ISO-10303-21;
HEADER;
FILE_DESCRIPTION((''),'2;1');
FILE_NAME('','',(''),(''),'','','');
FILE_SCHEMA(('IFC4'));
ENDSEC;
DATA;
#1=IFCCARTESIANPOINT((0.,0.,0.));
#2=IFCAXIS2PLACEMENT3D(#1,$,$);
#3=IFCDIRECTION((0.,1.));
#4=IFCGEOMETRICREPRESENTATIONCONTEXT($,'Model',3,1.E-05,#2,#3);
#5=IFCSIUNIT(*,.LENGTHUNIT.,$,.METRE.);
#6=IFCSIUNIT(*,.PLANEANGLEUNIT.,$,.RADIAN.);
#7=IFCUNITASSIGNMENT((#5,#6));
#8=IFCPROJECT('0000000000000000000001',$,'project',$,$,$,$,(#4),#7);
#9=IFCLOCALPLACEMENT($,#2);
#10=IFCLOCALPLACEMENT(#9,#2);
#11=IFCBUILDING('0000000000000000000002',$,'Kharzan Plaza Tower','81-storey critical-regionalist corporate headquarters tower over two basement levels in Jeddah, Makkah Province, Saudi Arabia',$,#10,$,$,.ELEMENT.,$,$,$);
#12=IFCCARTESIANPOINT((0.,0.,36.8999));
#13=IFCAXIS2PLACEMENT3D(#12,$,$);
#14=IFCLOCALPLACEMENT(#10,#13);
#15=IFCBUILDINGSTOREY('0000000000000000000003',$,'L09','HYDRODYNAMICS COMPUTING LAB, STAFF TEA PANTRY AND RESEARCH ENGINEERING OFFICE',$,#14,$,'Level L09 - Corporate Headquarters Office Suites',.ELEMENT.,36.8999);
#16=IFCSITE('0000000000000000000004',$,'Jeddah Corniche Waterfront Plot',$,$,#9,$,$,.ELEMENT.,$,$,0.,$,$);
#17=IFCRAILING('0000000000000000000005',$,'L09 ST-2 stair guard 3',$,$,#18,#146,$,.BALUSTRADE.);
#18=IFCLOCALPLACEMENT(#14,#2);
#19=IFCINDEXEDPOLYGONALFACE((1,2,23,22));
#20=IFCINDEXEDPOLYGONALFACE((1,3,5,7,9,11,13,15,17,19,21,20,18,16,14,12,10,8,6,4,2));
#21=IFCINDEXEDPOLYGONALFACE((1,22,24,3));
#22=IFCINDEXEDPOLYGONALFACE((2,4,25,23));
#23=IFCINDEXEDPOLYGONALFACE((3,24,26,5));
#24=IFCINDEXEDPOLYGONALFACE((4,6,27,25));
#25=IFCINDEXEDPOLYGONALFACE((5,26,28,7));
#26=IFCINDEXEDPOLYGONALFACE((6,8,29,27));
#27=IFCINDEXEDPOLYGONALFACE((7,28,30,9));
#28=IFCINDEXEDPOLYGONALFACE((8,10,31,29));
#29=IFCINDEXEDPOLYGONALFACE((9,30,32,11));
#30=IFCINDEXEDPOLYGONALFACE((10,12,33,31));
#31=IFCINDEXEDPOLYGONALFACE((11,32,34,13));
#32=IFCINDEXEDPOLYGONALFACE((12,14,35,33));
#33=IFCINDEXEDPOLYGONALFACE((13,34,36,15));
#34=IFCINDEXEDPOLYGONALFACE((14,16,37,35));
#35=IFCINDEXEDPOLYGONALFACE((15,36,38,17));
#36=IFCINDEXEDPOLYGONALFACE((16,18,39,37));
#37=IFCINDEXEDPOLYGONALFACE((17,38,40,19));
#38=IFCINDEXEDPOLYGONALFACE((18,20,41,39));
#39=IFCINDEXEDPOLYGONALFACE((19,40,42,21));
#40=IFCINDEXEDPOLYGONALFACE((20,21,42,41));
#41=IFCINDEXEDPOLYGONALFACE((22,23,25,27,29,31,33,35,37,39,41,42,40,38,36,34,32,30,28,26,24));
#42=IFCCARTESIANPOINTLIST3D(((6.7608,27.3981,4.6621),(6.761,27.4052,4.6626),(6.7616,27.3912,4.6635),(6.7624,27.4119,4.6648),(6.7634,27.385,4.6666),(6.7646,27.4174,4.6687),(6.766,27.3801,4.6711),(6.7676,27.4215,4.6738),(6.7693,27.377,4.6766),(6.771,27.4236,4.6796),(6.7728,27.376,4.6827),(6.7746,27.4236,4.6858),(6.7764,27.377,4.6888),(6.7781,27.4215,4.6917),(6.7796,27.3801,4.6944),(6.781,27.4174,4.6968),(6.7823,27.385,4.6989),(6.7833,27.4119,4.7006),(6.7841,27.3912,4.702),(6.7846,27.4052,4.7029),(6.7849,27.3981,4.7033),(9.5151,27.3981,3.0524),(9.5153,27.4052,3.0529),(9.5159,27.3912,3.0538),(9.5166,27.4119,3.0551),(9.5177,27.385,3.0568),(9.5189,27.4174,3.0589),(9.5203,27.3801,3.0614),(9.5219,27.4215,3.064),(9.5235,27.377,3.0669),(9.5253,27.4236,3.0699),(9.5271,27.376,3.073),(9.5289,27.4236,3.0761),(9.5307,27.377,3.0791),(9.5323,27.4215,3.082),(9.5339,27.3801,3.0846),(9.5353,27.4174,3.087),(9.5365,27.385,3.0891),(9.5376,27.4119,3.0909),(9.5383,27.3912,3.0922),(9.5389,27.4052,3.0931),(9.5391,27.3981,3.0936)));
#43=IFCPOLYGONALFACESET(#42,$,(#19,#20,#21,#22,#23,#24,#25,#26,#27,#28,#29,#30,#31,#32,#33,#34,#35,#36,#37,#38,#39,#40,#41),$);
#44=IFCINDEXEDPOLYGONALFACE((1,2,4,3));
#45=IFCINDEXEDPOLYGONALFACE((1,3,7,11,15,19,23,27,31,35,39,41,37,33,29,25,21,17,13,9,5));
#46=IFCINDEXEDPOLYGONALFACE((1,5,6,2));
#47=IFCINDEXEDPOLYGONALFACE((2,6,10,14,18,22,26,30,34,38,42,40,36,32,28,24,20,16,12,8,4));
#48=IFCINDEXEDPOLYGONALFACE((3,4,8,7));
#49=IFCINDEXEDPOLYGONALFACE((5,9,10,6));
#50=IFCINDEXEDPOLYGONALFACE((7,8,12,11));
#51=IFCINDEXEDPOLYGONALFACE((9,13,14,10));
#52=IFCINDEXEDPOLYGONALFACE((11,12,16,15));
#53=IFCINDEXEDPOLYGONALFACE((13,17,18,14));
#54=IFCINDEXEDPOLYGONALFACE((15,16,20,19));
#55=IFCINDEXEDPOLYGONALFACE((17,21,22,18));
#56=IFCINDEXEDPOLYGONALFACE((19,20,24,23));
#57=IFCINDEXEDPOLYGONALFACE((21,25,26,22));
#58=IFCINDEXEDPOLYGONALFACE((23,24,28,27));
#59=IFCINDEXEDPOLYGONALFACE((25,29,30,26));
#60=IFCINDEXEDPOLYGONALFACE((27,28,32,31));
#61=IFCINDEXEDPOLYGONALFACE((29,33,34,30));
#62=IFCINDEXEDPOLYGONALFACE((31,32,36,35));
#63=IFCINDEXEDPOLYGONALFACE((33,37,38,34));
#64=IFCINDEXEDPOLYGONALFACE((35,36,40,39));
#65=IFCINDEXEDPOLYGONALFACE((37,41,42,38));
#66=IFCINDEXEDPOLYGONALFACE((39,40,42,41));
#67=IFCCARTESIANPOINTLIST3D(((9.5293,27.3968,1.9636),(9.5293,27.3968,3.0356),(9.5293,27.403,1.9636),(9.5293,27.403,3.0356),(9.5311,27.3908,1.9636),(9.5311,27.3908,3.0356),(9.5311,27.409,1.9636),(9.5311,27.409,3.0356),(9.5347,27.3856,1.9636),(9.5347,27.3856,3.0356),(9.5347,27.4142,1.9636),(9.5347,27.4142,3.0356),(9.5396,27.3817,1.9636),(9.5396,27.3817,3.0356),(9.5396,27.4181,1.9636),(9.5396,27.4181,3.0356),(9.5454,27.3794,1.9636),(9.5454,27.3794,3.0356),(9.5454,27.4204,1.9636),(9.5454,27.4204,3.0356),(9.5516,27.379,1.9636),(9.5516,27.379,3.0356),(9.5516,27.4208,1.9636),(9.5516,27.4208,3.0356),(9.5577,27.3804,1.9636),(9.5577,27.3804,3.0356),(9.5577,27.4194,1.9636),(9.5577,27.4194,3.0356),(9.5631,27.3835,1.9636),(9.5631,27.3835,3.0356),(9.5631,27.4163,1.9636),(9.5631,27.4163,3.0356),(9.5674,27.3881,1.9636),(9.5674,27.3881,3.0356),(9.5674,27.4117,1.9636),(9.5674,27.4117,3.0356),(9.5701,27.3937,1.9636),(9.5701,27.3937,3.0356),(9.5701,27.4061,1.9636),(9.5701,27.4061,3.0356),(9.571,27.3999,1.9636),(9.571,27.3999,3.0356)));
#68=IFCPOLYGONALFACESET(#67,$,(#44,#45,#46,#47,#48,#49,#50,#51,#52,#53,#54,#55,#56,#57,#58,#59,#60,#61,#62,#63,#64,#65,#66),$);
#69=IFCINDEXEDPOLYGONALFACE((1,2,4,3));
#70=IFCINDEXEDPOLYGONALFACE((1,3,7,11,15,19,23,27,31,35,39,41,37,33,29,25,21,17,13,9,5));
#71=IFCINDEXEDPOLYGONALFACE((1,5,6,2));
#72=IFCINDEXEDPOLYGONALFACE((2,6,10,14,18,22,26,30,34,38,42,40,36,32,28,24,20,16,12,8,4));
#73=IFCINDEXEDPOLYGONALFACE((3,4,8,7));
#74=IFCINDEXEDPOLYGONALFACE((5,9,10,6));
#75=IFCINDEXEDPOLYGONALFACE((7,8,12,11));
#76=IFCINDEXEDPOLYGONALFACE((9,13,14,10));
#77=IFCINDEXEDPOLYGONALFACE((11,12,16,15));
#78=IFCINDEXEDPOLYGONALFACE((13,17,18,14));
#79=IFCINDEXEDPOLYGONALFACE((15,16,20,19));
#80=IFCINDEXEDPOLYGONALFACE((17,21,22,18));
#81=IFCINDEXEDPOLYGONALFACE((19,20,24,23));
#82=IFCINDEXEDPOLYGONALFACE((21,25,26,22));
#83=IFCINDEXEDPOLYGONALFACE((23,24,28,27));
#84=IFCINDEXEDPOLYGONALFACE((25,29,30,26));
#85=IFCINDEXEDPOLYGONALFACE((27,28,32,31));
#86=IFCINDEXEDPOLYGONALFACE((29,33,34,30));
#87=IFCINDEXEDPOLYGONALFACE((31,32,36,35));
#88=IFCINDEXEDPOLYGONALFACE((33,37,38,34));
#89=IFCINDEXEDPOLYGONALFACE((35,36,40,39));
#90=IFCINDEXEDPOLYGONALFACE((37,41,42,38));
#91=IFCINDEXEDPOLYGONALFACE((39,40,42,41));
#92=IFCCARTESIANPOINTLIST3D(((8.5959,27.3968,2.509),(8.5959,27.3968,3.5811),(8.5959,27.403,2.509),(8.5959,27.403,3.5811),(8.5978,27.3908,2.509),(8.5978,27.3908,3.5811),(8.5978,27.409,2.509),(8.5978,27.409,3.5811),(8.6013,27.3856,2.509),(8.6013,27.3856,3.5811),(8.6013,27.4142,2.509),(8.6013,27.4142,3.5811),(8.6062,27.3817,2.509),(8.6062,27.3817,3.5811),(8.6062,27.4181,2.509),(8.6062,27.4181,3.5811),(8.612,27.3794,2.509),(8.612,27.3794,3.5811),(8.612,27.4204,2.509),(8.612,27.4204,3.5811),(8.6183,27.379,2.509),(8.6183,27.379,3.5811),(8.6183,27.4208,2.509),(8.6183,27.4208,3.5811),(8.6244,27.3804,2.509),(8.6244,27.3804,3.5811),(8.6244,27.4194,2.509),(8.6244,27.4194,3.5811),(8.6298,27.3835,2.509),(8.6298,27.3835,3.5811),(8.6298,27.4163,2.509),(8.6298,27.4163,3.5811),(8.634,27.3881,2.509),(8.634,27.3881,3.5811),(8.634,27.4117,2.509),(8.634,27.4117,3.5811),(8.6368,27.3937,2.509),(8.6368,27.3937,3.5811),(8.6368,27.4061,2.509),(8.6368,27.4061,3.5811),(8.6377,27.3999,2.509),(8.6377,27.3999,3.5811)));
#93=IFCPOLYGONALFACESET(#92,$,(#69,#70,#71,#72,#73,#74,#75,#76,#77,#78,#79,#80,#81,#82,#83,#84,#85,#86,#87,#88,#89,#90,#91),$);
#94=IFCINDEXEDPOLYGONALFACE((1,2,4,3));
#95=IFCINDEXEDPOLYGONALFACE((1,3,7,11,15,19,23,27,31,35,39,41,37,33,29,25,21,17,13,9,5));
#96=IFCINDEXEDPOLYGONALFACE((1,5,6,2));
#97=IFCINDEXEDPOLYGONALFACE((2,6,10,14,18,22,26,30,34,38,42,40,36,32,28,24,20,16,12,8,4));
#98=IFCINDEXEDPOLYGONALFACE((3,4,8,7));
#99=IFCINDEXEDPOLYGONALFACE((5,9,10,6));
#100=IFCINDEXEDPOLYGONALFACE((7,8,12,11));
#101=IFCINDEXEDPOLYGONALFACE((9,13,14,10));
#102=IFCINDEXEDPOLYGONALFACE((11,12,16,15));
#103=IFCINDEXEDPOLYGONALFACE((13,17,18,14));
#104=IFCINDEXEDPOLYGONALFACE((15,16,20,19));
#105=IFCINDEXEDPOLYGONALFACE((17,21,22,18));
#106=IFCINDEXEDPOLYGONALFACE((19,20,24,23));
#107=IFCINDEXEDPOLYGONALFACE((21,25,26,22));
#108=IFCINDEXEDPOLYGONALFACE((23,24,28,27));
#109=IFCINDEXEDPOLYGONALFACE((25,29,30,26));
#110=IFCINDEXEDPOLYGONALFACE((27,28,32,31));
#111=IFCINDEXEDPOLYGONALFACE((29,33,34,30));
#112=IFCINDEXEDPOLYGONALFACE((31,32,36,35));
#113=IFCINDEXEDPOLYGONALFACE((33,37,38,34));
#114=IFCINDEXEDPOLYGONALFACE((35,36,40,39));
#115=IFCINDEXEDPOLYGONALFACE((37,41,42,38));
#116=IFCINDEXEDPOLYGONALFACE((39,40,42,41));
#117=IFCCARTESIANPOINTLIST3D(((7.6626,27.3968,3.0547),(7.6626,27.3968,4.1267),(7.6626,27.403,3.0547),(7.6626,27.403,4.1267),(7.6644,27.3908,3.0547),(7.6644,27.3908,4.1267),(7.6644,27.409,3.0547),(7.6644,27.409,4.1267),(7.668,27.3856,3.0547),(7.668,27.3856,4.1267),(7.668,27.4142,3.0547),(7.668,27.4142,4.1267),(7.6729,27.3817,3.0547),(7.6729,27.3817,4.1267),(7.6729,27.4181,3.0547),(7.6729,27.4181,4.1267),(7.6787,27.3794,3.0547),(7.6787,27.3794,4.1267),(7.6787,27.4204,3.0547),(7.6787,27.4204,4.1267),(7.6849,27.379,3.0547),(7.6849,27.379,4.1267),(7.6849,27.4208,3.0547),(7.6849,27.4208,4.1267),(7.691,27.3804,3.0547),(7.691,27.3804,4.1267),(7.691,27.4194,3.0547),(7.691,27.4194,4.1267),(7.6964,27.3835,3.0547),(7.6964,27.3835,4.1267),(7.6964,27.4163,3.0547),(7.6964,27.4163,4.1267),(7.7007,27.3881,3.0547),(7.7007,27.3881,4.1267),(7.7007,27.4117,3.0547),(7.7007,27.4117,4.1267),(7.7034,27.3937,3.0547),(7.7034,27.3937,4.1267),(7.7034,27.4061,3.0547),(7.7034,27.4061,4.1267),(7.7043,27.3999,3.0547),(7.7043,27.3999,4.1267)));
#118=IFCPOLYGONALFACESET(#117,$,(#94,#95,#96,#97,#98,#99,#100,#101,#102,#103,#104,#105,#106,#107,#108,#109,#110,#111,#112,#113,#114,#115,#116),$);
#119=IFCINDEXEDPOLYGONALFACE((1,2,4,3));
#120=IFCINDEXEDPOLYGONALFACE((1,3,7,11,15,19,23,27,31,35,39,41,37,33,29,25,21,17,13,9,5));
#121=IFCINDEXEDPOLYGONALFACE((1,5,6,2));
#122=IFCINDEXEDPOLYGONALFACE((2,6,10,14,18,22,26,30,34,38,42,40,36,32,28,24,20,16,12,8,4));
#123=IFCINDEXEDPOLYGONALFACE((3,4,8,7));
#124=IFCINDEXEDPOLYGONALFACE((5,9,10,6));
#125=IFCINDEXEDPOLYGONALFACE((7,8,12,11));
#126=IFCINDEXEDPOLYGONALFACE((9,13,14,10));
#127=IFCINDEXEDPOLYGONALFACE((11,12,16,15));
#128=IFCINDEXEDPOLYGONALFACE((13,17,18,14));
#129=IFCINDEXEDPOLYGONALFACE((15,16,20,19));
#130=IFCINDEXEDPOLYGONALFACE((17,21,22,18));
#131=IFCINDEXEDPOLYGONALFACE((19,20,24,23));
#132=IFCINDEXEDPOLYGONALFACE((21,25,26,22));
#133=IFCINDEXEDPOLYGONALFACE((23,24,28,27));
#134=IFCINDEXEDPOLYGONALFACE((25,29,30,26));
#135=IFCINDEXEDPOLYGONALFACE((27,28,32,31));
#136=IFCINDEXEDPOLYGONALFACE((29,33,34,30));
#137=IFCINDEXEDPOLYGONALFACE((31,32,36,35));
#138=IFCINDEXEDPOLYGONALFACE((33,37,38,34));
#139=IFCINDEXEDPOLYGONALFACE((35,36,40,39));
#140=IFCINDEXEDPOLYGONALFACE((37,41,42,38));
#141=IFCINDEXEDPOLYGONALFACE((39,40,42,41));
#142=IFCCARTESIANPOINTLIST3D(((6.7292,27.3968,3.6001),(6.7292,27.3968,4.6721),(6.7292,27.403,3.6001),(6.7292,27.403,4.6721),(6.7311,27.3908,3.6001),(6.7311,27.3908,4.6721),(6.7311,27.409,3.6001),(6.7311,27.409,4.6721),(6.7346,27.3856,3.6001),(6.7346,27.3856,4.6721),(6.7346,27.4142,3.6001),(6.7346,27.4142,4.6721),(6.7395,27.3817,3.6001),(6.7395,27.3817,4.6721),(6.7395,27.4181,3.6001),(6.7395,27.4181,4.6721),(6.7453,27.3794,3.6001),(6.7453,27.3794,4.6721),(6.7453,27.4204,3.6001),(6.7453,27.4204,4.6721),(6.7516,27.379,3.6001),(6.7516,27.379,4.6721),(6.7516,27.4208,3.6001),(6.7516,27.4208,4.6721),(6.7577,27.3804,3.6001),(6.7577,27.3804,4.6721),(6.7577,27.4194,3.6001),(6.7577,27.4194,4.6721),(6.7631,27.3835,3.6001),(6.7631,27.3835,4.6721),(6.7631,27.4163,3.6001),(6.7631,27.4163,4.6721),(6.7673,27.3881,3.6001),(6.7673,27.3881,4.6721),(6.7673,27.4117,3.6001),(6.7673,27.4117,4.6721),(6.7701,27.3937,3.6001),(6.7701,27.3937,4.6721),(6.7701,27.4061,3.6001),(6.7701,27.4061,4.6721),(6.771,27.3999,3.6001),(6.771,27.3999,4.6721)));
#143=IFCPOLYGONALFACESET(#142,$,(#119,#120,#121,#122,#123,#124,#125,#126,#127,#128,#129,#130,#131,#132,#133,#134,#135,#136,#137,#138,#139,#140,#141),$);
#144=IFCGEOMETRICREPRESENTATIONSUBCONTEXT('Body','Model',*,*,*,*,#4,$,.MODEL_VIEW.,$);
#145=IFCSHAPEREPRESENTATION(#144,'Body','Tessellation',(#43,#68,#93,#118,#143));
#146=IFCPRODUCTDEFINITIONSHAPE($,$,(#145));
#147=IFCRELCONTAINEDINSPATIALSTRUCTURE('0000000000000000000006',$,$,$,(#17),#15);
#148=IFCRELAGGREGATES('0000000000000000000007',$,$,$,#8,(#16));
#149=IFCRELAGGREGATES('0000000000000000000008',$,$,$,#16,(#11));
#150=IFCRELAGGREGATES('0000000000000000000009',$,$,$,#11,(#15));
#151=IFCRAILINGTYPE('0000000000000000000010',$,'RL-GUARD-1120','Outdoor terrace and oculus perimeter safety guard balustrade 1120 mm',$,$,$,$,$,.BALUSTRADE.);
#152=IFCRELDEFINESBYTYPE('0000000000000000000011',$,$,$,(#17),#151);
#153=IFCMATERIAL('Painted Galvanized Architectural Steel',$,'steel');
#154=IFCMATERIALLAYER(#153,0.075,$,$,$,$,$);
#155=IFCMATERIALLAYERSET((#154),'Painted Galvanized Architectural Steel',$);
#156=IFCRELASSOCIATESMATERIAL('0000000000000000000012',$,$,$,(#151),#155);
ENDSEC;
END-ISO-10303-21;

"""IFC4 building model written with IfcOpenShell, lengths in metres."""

from ifc_helpers import new_model, si_unit, direction, frame, origin, origin_2d, place, context, subcontext, project, spatial, circle, extrude, source, transform, mapped, material, layer, layer_set, type_object, element, save


model = new_model("IFC4")

# Units and contexts
model_context = context("Model", 3, precision=1e-05, world=origin(), true_north=direction((0.0, 1.0)))
body_context = subcontext(model_context, "Body", "Model", "MODEL_VIEW")
ifc_project = project(units=[si_unit("LENGTHUNIT", "METRE"), si_unit("PLANEANGLEUNIT", "RADIAN")], contexts=[model_context])

# Site, building, storey
site_placement = place(None, origin())
site = spatial("IfcSite", under=ifc_project, at=site_placement, Name="Jeddah Corniche Waterfront Plot", CompositionType="ELEMENT", RefElevation=0.0)
building_placement = place(site_placement, origin())
building = spatial("IfcBuilding", under=site, at=building_placement, Name="Kharzan Plaza Tower", Description="81-storey critical-regionalist corporate headquarters tower over two basement levels in Jeddah, Makkah Province, Saudi Arabia", CompositionType="ELEMENT")
storey_placement = place(building_placement, frame((0.0, 0.0, 36.8999)))
storey = spatial("IfcBuildingStorey", under=building, at=storey_placement, Name="L09", Description="HYDRODYNAMICS COMPUTING LAB, STAFF TEA PANTRY AND RESEARCH ENGINEERING OFFICE", LongName="Level L09 - Corporate Headquarters Office Suites", CompositionType="ELEMENT", Elevation=36.8999)

# Railing
ifc_material_1 = material(Name="Painted Galvanized Architectural Steel", Category="steel")
ifc_layer_1 = layer(ifc_material_1, 0.075)
ifc_layer_set_1 = layer_set([ifc_layer_1], Name="Painted Galvanized Architectural Steel")
railing_type_1 = type_object("IfcRailingType", Name="RL-GUARD-1120", Description="Outdoor terrace and oculus perimeter safety guard balustrade 1120 mm", PredefinedType="BALUSTRADE", material=ifc_layer_set_1)
shared_shape_1 = source(origin(), body_context, "Body", "SweptSolid", [
    extrude(circle(Radius=0.0239, at=origin_2d()), frame((-0.0229, 0.0, 1.1094), z_axis=(-0.863361, 0.0, 0.504587), x_axis=(0.0, -1.0, 0.0)), (0.0, 0.0, 1.0), 3.1902),
    extrude(circle(Radius=0.021, at=origin_2d()), origin(), (0.0, 0.0, 1.0), 1.072),
    extrude(circle(Radius=0.021, at=origin_2d()), frame((-0.9333, 0.0, 0.5454)), (0.0, 0.0, 1.0), 1.072),
    extrude(circle(Radius=0.021, at=origin_2d()), frame((-1.8667, 0.0, 1.0911)), (0.0, 0.0, 1.0), 1.072),
    extrude(circle(Radius=0.021, at=origin_2d()), frame((-2.8, 0.0, 1.6365)), (0.0, 0.0, 1.0), 1.072),
])
railing_1_placement = place(storey_placement, frame((9.55, 27.3999, 1.9636)))
element("IfcRailing", 1, at=railing_1_placement, inside=storey, type_object=railing_type_1, Name="L09 ST-2 stair guard 3", PredefinedType="BALUSTRADE", context=body_context, shape_type="MappedRepresentation", body=[
    mapped(shared_shape_1, transform((0.0, 0.0, 0.0), x_axis=(1.0, 0.0, 0.0), y_axis=(0.0, 1.0, 0.0), z_axis=(0.0, 0.0, 1.0))),
])

save(model, "model.ifc")
